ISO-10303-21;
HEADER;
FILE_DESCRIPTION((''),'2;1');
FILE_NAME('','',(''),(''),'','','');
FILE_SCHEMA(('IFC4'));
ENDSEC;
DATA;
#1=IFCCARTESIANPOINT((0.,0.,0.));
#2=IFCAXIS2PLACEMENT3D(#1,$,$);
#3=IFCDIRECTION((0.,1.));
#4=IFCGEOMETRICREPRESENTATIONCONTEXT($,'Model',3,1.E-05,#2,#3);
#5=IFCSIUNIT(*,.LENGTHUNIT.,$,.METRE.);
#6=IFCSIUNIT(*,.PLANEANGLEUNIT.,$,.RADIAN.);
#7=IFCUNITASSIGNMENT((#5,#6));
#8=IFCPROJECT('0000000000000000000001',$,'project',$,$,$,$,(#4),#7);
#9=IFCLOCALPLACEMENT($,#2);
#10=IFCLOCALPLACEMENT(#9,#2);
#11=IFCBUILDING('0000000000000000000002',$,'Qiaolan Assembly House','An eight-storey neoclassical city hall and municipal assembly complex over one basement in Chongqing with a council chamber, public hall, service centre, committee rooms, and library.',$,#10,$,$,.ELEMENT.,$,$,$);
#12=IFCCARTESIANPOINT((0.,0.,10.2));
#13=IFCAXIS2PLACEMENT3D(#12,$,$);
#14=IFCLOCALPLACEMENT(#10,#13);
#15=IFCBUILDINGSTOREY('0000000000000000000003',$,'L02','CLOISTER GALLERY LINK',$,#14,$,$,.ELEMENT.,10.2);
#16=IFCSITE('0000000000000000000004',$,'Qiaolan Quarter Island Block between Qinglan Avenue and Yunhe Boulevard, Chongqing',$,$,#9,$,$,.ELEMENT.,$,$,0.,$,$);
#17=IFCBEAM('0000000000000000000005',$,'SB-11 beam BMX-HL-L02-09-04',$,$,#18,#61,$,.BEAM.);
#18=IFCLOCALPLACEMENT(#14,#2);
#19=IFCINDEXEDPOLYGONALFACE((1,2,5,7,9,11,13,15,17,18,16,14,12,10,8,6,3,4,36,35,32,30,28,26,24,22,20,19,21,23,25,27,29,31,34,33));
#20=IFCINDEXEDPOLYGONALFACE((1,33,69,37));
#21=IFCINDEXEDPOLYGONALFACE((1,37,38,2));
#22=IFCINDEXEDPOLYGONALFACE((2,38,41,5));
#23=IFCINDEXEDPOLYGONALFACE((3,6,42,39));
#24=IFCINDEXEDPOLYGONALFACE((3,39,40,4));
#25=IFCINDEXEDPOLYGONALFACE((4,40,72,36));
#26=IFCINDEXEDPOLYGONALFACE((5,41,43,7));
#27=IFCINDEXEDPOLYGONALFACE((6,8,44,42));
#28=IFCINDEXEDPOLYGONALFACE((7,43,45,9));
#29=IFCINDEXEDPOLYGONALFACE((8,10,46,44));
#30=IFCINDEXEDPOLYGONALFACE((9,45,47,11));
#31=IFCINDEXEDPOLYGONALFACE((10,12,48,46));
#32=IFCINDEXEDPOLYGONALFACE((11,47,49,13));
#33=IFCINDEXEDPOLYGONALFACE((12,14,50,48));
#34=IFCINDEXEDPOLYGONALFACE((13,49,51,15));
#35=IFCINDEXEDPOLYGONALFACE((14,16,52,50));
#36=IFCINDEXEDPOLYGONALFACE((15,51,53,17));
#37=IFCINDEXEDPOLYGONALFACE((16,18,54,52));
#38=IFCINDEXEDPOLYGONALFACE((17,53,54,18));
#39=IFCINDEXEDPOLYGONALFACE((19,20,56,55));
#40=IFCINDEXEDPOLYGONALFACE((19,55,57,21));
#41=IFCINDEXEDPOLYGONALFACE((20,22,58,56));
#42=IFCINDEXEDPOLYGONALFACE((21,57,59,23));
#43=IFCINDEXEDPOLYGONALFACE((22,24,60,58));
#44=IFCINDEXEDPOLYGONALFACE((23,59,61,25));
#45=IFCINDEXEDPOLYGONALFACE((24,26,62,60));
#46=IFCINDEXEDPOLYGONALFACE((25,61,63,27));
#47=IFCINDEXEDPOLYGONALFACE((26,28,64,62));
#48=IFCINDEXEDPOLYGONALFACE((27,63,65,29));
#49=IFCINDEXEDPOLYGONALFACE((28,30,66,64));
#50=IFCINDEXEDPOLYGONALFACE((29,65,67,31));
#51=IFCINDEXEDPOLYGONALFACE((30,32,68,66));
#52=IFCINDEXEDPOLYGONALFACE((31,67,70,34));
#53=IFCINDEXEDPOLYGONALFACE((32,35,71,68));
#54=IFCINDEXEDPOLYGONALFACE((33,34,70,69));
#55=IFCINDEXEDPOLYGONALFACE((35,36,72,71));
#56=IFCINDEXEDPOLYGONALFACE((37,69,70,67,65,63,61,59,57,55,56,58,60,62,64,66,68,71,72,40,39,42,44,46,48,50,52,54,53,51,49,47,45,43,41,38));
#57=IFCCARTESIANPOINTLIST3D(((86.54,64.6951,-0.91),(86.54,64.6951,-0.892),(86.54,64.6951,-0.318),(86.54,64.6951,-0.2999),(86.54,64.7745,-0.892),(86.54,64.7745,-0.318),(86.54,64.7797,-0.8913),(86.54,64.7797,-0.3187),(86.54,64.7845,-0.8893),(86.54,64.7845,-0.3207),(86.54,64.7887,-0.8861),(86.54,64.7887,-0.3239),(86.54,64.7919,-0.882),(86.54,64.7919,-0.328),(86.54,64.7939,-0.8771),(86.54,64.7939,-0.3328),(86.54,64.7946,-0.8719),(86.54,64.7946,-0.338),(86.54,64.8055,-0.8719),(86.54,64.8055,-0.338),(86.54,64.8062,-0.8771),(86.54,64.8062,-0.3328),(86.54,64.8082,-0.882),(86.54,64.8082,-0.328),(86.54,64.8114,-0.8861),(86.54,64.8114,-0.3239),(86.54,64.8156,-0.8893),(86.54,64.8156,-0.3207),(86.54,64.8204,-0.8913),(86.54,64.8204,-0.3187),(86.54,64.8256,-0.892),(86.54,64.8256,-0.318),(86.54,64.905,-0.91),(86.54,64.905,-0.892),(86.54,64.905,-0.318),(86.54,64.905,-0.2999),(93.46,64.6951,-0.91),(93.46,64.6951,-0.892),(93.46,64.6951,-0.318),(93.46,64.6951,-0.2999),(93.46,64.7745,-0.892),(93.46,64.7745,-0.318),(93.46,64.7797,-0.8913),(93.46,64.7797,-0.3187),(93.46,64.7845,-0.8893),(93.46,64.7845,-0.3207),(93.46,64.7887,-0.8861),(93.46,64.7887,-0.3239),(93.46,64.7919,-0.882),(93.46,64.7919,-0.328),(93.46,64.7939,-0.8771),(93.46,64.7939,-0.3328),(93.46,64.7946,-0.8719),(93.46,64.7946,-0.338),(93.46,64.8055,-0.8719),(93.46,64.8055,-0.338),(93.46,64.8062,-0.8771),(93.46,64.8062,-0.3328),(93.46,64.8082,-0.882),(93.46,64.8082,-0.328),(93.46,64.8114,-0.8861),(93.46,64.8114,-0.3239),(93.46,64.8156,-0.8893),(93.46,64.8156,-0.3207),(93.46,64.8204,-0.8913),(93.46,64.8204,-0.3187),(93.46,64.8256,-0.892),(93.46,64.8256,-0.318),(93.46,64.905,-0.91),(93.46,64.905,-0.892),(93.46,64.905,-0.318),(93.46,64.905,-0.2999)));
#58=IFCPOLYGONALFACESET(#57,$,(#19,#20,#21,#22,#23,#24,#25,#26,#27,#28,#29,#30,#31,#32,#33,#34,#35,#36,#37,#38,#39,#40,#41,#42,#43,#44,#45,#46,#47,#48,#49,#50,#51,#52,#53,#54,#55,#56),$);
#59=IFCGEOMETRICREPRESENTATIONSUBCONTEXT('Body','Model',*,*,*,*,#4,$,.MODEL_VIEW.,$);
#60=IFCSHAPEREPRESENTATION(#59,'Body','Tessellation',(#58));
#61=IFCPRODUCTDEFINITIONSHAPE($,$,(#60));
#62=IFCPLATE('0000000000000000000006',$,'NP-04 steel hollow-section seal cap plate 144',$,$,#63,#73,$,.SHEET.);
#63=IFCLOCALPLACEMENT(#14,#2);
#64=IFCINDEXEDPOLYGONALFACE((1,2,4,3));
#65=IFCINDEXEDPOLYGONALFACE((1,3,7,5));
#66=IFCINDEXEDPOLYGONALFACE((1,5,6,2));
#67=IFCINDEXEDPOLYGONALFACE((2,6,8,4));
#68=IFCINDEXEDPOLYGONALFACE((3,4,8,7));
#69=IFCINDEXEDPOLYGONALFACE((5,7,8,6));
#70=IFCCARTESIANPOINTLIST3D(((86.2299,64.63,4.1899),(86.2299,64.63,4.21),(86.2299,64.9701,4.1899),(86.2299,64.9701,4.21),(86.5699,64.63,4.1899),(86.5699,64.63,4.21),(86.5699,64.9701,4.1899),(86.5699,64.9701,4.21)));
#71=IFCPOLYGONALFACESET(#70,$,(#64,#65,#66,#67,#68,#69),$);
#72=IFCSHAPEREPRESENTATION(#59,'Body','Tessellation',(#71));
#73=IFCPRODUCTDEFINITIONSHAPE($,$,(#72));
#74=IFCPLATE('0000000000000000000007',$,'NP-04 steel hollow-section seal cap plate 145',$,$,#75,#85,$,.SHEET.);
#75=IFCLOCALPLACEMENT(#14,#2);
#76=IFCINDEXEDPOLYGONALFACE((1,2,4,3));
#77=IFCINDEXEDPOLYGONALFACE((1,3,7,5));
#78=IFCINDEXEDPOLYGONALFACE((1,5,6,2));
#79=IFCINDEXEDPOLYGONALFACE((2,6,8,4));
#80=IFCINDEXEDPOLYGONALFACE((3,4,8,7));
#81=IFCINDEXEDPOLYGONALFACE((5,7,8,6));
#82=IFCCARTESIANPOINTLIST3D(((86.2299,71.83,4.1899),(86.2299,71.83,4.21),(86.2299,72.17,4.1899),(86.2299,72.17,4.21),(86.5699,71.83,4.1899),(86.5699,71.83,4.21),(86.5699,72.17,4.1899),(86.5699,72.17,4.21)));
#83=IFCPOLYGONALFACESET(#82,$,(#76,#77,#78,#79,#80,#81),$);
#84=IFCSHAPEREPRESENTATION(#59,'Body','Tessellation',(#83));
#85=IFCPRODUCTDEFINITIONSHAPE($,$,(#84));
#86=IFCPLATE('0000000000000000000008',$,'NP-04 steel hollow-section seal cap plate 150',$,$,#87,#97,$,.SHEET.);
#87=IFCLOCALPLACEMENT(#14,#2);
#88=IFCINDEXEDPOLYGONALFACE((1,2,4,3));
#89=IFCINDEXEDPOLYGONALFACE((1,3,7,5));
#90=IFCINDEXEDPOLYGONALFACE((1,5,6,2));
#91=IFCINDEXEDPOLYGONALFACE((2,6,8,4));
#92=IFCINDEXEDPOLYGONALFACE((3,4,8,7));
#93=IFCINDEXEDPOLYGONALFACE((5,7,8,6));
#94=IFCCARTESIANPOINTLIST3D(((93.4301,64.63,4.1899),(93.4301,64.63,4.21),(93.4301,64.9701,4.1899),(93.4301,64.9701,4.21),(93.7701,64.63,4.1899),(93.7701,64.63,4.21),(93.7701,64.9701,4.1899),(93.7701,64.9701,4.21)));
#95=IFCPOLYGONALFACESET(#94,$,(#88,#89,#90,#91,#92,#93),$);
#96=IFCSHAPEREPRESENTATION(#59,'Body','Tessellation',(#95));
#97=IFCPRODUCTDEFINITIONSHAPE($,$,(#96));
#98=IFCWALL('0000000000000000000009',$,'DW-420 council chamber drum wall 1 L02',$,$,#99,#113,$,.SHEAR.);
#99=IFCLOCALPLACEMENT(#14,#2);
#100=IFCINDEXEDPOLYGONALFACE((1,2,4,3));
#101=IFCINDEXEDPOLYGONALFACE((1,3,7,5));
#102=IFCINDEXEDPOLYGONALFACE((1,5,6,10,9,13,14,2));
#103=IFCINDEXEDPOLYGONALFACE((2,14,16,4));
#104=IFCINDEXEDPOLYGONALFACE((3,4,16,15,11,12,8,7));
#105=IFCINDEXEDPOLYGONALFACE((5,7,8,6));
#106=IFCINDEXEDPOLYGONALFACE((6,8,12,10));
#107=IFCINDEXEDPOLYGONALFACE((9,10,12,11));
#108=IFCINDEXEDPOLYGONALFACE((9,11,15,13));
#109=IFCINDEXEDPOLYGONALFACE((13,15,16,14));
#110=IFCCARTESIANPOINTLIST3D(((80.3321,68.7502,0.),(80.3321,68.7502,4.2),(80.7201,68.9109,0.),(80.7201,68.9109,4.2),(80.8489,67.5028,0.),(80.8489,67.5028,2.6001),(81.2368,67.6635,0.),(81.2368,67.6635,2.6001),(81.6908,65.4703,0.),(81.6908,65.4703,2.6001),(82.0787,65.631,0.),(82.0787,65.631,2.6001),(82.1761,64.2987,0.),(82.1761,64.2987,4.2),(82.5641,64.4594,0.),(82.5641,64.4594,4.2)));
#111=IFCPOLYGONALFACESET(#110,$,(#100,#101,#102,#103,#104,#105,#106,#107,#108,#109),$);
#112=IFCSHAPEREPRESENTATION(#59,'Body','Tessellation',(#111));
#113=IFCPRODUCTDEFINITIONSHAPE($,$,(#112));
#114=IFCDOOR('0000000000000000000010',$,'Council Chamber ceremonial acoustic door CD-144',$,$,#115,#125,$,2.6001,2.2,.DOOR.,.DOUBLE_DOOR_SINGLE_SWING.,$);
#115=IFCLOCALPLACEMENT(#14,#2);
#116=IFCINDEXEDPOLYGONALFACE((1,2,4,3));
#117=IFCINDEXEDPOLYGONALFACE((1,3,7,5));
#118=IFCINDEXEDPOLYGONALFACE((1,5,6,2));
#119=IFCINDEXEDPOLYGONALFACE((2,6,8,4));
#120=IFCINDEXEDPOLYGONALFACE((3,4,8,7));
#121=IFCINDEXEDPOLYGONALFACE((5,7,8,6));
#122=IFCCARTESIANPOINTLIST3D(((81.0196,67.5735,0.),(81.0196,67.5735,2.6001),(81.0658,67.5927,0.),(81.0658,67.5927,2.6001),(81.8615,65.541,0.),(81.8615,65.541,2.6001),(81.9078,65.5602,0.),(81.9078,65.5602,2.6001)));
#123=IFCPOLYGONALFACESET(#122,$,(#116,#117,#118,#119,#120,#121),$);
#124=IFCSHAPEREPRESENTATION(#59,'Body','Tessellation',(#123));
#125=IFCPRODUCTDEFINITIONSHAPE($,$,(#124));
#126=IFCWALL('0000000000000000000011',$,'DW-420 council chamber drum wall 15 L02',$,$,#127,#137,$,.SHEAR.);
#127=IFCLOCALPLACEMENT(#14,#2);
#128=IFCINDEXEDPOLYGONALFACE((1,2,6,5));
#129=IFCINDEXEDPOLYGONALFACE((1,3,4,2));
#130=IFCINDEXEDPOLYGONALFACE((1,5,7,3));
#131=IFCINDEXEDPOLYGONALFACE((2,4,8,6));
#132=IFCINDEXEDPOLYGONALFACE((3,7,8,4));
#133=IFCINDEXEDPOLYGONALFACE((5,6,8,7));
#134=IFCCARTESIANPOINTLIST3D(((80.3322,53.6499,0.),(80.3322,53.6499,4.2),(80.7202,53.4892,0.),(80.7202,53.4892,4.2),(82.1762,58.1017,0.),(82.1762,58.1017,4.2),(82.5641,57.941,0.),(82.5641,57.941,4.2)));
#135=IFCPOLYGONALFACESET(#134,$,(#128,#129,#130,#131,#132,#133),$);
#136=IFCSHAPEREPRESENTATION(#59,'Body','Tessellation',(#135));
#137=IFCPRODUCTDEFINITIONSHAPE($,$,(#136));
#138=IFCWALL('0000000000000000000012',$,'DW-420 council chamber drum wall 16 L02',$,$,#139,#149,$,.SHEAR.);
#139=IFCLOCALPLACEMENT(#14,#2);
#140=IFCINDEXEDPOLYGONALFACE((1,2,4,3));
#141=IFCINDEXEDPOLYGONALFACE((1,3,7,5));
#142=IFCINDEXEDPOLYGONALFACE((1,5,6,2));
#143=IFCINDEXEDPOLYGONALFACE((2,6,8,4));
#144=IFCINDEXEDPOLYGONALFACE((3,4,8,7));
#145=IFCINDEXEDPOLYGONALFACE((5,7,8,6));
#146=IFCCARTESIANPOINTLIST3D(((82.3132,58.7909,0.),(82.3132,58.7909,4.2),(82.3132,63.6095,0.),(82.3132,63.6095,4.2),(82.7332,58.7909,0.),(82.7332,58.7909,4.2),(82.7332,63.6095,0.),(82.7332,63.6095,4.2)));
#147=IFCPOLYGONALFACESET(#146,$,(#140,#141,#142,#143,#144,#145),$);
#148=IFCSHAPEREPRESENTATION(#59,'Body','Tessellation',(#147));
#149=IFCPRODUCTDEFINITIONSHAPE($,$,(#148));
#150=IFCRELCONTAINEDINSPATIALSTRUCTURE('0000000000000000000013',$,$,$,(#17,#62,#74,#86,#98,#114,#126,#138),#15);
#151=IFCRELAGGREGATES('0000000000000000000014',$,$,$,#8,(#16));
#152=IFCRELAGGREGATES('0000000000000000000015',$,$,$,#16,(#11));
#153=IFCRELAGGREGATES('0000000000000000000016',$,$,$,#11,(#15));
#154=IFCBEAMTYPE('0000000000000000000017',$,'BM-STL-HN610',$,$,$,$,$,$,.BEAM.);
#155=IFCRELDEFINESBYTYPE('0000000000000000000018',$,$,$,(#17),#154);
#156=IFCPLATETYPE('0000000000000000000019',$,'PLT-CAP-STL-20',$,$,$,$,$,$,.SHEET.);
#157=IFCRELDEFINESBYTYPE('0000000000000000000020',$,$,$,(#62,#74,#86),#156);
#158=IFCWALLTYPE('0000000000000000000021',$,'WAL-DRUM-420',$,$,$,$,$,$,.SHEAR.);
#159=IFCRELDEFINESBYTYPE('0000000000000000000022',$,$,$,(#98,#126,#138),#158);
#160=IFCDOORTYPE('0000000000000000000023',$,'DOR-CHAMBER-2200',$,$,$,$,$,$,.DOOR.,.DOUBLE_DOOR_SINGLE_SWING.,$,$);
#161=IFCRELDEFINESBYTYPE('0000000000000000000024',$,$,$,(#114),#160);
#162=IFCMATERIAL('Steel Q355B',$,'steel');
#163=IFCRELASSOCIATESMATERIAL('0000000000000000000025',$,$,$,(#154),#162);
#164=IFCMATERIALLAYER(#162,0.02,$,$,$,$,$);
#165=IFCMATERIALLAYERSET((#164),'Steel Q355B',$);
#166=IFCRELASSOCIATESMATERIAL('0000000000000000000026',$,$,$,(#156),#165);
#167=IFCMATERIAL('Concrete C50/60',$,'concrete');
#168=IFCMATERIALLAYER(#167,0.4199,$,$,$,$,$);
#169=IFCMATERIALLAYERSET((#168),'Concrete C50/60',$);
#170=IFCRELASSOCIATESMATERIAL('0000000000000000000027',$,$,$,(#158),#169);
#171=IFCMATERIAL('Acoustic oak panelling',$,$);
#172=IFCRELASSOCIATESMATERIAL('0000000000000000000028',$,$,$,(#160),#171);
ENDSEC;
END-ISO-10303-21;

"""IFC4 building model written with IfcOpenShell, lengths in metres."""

from ifc_helpers import new_model, si_unit, direction, frame, frame_2d, origin, origin_2d, place, context, subcontext, project, spatial, rectangle, i_section, extrude, material, layer, layer_set, material_profile, profile_set, type_object, element, fill, save


model = new_model("IFC4")

# Units and contexts
model_context = context("Model", 3, precision=1e-05, world=origin(), true_north=direction((0.0, 1.0)))
body_context = subcontext(model_context, "Body", "Model", "MODEL_VIEW")
ifc_project = project(units=[si_unit("LENGTHUNIT", "METRE"), si_unit("PLANEANGLEUNIT", "RADIAN")], contexts=[model_context])

# Site, building, storey
site_placement = place(None, origin())
site = spatial("IfcSite", under=ifc_project, at=site_placement, Name="Qiaolan Quarter Island Block between Qinglan Avenue and Yunhe Boulevard, Chongqing", CompositionType="ELEMENT", RefElevation=0.0)
building_placement = place(site_placement, origin())
building = spatial("IfcBuilding", under=site, at=building_placement, Name="Qiaolan Assembly House", Description="An eight-storey neoclassical city hall and municipal assembly complex over one basement in Chongqing with a council chamber, public hall, service centre, committee rooms, and library.", CompositionType="ELEMENT")
storey_placement = place(building_placement, frame((0.0, 0.0, 10.2)))
storey = spatial("IfcBuildingStorey", under=building, at=storey_placement, Name="L02", Description="CLOISTER GALLERY LINK", CompositionType="ELEMENT", Elevation=10.2)

# Shared definitions
ifc_material_1 = material(Name="Concrete C50/60", Category="concrete")
ifc_material_2 = material(Name="Steel Q355B", Category="steel")

# Beam
ifc_material_profile_1 = material_profile(ifc_material_2, i_section(OverallWidth=0.21, OverallDepth=0.6101, WebThickness=0.011, FlangeThickness=0.0181, FilletRadius=0.02, at=origin_2d()), Name="HN 610x210x11x18")
ifc_profile_set_1 = profile_set([ifc_material_profile_1], Name="Steel Q355B")
beam_type_1 = type_object("IfcBeamType", Name="BM-STL-HN610", PredefinedType="BEAM", material=ifc_profile_set_1)
beam_1_placement = place(storey_placement, frame((86.54, 64.8, -0.605), z_axis=(1.0, 0.0, 0.0), x_axis=(0.0, 1.0, 0.0)))
element("IfcBeam", 1, at=beam_1_placement, inside=storey, type_object=beam_type_1, Name="SB-11 beam BMX-HL-L02-09-04", PredefinedType="BEAM", context=body_context, shape_type="SweptSolid", body=[
    extrude(i_section(OverallWidth=0.21, OverallDepth=0.6101, WebThickness=0.011, FlangeThickness=0.0181, FilletRadius=0.02, at=origin_2d()), origin(), (0.0, 0.0, 1.0), 6.9199),
])

# Plates
ifc_layer_1 = layer(ifc_material_2, 0.02)
ifc_layer_set_1 = layer_set([ifc_layer_1], Name="Steel Q355B")
plate_type = type_object("IfcPlateType", Name="PLT-CAP-STL-20", PredefinedType="SHEET", material=ifc_layer_set_1)
for number, where, z_axis, x_axis, name in (
    (2, (86.3999, 64.8, 4.1899), (0.0, 0.0, 1.0), (1.0, 0.0, 0.0), "NP-04 steel hollow-section seal cap plate 144"),
    (3, (86.3999, 72.0, 4.1899), (0.0, 0.0, 1.0), (1.0, 0.0, 0.0), "NP-04 steel hollow-section seal cap plate 145"),
    (4, (93.6001, 64.8, 4.1899), (0.0, 0.0, 1.0), (1.0, 0.0, 0.0), "NP-04 steel hollow-section seal cap plate 150"),
):
    element("IfcPlate", number, at=place(storey_placement, frame(where, z_axis=z_axis, x_axis=x_axis)), inside=storey, type_object=plate_type, Name=name, PredefinedType="SHEET", context=body_context, shape_type="SweptSolid", body=[
        extrude(rectangle(XDim=0.3401, YDim=0.3401, at=origin_2d()), origin(), (0.0, 0.0, 1.0), 0.02),
    ])

# Wall, opening, door
ifc_layer_2 = layer(ifc_material_1, 0.4199)
ifc_layer_set_2 = layer_set([ifc_layer_2], Name="Concrete C50/60")
wall_type = type_object("IfcWallType", Name="WAL-DRUM-420", PredefinedType="SHEAR", material=ifc_layer_set_2)
wall_placement = place(storey_placement, frame((80.5261, 68.8306, 0.0), z_axis=(0.0, 0.0, 1.0), x_axis=(0.382693, -0.923875, 0.0)))
wall = element("IfcWall", 5, at=wall_placement, inside=storey, type_object=wall_type, Name="DW-420 council chamber drum wall 1 L02", PredefinedType="SHEAR", context=body_context, shape_type="SweptSolid", body=[
    extrude(rectangle(XDim=4.8184, YDim=0.4199, at=frame_2d((2.4092, 0.0))), origin(), (0.0, 0.0, 1.0), 4.2),
])
opening_placement = place(wall_placement, frame((1.3501, 0.0, 0.0)))
opening = element("IfcOpeningElement", 6, at=opening_placement, cuts=wall, PredefinedType="OPENING", context=body_context, shape_type="SweptSolid", body=[
    extrude(rectangle(XDim=2.2, YDim=2.6001, at=frame_2d((1.1001, 1.3))), frame((0.0, 0.22, 0.0), z_axis=(0.0, -1.0, 0.0), x_axis=(1.0, 0.0, 0.0)), (0.0, 0.0, 1.0), 0.4399),
])
ifc_material_3 = material(Name="Acoustic oak panelling")
door_type = type_object("IfcDoorType", Name="DOR-CHAMBER-2200", OperationType="DOUBLE_DOOR_SINGLE_SWING", PredefinedType="DOOR", material=ifc_material_3)
door_placement = place(opening_placement, origin())
door = element("IfcDoor", 7, at=door_placement, inside=storey, type_object=door_type, Name="Council Chamber ceremonial acoustic door CD-144", OperationType="DOUBLE_DOOR_SINGLE_SWING", OverallHeight=2.6001, OverallWidth=2.2, PredefinedType="DOOR", context=body_context, shape_type="SweptSolid", body=[
    extrude(rectangle(XDim=2.2, YDim=2.6001, at=frame_2d((1.1001, 1.3))), frame((0.0, 0.0249, 0.0), z_axis=(0.0, -1.0, 0.0), x_axis=(1.0, 0.0, 0.0)), (0.0, 0.0, 1.0), 0.05),
])
fill(opening, door)

# Walls
for number, where, z_axis, x_axis, name in (
    (8, (82.3701, 58.0212, 0.0), (0.0, 0.0, 1.0), (-0.382675, -0.923883, 0.0), "DW-420 council chamber drum wall 15 L02"),
    (9, (82.5232, 63.6094, 0.0), (0.0, 0.0, 1.0), (0.0, -1.0, 0.0), "DW-420 council chamber drum wall 16 L02"),
):
    element("IfcWall", number, at=place(storey_placement, frame(where, z_axis=z_axis, x_axis=x_axis)), inside=storey, type_object=wall_type, Name=name, PredefinedType="SHEAR", context=body_context, shape_type="SweptSolid", body=[
        extrude(rectangle(XDim=4.8186, YDim=0.4199, at=frame_2d((2.4092, 0.0))), origin(), (0.0, 0.0, 1.0), 4.2),
    ])

save(model, "model.ifc")
